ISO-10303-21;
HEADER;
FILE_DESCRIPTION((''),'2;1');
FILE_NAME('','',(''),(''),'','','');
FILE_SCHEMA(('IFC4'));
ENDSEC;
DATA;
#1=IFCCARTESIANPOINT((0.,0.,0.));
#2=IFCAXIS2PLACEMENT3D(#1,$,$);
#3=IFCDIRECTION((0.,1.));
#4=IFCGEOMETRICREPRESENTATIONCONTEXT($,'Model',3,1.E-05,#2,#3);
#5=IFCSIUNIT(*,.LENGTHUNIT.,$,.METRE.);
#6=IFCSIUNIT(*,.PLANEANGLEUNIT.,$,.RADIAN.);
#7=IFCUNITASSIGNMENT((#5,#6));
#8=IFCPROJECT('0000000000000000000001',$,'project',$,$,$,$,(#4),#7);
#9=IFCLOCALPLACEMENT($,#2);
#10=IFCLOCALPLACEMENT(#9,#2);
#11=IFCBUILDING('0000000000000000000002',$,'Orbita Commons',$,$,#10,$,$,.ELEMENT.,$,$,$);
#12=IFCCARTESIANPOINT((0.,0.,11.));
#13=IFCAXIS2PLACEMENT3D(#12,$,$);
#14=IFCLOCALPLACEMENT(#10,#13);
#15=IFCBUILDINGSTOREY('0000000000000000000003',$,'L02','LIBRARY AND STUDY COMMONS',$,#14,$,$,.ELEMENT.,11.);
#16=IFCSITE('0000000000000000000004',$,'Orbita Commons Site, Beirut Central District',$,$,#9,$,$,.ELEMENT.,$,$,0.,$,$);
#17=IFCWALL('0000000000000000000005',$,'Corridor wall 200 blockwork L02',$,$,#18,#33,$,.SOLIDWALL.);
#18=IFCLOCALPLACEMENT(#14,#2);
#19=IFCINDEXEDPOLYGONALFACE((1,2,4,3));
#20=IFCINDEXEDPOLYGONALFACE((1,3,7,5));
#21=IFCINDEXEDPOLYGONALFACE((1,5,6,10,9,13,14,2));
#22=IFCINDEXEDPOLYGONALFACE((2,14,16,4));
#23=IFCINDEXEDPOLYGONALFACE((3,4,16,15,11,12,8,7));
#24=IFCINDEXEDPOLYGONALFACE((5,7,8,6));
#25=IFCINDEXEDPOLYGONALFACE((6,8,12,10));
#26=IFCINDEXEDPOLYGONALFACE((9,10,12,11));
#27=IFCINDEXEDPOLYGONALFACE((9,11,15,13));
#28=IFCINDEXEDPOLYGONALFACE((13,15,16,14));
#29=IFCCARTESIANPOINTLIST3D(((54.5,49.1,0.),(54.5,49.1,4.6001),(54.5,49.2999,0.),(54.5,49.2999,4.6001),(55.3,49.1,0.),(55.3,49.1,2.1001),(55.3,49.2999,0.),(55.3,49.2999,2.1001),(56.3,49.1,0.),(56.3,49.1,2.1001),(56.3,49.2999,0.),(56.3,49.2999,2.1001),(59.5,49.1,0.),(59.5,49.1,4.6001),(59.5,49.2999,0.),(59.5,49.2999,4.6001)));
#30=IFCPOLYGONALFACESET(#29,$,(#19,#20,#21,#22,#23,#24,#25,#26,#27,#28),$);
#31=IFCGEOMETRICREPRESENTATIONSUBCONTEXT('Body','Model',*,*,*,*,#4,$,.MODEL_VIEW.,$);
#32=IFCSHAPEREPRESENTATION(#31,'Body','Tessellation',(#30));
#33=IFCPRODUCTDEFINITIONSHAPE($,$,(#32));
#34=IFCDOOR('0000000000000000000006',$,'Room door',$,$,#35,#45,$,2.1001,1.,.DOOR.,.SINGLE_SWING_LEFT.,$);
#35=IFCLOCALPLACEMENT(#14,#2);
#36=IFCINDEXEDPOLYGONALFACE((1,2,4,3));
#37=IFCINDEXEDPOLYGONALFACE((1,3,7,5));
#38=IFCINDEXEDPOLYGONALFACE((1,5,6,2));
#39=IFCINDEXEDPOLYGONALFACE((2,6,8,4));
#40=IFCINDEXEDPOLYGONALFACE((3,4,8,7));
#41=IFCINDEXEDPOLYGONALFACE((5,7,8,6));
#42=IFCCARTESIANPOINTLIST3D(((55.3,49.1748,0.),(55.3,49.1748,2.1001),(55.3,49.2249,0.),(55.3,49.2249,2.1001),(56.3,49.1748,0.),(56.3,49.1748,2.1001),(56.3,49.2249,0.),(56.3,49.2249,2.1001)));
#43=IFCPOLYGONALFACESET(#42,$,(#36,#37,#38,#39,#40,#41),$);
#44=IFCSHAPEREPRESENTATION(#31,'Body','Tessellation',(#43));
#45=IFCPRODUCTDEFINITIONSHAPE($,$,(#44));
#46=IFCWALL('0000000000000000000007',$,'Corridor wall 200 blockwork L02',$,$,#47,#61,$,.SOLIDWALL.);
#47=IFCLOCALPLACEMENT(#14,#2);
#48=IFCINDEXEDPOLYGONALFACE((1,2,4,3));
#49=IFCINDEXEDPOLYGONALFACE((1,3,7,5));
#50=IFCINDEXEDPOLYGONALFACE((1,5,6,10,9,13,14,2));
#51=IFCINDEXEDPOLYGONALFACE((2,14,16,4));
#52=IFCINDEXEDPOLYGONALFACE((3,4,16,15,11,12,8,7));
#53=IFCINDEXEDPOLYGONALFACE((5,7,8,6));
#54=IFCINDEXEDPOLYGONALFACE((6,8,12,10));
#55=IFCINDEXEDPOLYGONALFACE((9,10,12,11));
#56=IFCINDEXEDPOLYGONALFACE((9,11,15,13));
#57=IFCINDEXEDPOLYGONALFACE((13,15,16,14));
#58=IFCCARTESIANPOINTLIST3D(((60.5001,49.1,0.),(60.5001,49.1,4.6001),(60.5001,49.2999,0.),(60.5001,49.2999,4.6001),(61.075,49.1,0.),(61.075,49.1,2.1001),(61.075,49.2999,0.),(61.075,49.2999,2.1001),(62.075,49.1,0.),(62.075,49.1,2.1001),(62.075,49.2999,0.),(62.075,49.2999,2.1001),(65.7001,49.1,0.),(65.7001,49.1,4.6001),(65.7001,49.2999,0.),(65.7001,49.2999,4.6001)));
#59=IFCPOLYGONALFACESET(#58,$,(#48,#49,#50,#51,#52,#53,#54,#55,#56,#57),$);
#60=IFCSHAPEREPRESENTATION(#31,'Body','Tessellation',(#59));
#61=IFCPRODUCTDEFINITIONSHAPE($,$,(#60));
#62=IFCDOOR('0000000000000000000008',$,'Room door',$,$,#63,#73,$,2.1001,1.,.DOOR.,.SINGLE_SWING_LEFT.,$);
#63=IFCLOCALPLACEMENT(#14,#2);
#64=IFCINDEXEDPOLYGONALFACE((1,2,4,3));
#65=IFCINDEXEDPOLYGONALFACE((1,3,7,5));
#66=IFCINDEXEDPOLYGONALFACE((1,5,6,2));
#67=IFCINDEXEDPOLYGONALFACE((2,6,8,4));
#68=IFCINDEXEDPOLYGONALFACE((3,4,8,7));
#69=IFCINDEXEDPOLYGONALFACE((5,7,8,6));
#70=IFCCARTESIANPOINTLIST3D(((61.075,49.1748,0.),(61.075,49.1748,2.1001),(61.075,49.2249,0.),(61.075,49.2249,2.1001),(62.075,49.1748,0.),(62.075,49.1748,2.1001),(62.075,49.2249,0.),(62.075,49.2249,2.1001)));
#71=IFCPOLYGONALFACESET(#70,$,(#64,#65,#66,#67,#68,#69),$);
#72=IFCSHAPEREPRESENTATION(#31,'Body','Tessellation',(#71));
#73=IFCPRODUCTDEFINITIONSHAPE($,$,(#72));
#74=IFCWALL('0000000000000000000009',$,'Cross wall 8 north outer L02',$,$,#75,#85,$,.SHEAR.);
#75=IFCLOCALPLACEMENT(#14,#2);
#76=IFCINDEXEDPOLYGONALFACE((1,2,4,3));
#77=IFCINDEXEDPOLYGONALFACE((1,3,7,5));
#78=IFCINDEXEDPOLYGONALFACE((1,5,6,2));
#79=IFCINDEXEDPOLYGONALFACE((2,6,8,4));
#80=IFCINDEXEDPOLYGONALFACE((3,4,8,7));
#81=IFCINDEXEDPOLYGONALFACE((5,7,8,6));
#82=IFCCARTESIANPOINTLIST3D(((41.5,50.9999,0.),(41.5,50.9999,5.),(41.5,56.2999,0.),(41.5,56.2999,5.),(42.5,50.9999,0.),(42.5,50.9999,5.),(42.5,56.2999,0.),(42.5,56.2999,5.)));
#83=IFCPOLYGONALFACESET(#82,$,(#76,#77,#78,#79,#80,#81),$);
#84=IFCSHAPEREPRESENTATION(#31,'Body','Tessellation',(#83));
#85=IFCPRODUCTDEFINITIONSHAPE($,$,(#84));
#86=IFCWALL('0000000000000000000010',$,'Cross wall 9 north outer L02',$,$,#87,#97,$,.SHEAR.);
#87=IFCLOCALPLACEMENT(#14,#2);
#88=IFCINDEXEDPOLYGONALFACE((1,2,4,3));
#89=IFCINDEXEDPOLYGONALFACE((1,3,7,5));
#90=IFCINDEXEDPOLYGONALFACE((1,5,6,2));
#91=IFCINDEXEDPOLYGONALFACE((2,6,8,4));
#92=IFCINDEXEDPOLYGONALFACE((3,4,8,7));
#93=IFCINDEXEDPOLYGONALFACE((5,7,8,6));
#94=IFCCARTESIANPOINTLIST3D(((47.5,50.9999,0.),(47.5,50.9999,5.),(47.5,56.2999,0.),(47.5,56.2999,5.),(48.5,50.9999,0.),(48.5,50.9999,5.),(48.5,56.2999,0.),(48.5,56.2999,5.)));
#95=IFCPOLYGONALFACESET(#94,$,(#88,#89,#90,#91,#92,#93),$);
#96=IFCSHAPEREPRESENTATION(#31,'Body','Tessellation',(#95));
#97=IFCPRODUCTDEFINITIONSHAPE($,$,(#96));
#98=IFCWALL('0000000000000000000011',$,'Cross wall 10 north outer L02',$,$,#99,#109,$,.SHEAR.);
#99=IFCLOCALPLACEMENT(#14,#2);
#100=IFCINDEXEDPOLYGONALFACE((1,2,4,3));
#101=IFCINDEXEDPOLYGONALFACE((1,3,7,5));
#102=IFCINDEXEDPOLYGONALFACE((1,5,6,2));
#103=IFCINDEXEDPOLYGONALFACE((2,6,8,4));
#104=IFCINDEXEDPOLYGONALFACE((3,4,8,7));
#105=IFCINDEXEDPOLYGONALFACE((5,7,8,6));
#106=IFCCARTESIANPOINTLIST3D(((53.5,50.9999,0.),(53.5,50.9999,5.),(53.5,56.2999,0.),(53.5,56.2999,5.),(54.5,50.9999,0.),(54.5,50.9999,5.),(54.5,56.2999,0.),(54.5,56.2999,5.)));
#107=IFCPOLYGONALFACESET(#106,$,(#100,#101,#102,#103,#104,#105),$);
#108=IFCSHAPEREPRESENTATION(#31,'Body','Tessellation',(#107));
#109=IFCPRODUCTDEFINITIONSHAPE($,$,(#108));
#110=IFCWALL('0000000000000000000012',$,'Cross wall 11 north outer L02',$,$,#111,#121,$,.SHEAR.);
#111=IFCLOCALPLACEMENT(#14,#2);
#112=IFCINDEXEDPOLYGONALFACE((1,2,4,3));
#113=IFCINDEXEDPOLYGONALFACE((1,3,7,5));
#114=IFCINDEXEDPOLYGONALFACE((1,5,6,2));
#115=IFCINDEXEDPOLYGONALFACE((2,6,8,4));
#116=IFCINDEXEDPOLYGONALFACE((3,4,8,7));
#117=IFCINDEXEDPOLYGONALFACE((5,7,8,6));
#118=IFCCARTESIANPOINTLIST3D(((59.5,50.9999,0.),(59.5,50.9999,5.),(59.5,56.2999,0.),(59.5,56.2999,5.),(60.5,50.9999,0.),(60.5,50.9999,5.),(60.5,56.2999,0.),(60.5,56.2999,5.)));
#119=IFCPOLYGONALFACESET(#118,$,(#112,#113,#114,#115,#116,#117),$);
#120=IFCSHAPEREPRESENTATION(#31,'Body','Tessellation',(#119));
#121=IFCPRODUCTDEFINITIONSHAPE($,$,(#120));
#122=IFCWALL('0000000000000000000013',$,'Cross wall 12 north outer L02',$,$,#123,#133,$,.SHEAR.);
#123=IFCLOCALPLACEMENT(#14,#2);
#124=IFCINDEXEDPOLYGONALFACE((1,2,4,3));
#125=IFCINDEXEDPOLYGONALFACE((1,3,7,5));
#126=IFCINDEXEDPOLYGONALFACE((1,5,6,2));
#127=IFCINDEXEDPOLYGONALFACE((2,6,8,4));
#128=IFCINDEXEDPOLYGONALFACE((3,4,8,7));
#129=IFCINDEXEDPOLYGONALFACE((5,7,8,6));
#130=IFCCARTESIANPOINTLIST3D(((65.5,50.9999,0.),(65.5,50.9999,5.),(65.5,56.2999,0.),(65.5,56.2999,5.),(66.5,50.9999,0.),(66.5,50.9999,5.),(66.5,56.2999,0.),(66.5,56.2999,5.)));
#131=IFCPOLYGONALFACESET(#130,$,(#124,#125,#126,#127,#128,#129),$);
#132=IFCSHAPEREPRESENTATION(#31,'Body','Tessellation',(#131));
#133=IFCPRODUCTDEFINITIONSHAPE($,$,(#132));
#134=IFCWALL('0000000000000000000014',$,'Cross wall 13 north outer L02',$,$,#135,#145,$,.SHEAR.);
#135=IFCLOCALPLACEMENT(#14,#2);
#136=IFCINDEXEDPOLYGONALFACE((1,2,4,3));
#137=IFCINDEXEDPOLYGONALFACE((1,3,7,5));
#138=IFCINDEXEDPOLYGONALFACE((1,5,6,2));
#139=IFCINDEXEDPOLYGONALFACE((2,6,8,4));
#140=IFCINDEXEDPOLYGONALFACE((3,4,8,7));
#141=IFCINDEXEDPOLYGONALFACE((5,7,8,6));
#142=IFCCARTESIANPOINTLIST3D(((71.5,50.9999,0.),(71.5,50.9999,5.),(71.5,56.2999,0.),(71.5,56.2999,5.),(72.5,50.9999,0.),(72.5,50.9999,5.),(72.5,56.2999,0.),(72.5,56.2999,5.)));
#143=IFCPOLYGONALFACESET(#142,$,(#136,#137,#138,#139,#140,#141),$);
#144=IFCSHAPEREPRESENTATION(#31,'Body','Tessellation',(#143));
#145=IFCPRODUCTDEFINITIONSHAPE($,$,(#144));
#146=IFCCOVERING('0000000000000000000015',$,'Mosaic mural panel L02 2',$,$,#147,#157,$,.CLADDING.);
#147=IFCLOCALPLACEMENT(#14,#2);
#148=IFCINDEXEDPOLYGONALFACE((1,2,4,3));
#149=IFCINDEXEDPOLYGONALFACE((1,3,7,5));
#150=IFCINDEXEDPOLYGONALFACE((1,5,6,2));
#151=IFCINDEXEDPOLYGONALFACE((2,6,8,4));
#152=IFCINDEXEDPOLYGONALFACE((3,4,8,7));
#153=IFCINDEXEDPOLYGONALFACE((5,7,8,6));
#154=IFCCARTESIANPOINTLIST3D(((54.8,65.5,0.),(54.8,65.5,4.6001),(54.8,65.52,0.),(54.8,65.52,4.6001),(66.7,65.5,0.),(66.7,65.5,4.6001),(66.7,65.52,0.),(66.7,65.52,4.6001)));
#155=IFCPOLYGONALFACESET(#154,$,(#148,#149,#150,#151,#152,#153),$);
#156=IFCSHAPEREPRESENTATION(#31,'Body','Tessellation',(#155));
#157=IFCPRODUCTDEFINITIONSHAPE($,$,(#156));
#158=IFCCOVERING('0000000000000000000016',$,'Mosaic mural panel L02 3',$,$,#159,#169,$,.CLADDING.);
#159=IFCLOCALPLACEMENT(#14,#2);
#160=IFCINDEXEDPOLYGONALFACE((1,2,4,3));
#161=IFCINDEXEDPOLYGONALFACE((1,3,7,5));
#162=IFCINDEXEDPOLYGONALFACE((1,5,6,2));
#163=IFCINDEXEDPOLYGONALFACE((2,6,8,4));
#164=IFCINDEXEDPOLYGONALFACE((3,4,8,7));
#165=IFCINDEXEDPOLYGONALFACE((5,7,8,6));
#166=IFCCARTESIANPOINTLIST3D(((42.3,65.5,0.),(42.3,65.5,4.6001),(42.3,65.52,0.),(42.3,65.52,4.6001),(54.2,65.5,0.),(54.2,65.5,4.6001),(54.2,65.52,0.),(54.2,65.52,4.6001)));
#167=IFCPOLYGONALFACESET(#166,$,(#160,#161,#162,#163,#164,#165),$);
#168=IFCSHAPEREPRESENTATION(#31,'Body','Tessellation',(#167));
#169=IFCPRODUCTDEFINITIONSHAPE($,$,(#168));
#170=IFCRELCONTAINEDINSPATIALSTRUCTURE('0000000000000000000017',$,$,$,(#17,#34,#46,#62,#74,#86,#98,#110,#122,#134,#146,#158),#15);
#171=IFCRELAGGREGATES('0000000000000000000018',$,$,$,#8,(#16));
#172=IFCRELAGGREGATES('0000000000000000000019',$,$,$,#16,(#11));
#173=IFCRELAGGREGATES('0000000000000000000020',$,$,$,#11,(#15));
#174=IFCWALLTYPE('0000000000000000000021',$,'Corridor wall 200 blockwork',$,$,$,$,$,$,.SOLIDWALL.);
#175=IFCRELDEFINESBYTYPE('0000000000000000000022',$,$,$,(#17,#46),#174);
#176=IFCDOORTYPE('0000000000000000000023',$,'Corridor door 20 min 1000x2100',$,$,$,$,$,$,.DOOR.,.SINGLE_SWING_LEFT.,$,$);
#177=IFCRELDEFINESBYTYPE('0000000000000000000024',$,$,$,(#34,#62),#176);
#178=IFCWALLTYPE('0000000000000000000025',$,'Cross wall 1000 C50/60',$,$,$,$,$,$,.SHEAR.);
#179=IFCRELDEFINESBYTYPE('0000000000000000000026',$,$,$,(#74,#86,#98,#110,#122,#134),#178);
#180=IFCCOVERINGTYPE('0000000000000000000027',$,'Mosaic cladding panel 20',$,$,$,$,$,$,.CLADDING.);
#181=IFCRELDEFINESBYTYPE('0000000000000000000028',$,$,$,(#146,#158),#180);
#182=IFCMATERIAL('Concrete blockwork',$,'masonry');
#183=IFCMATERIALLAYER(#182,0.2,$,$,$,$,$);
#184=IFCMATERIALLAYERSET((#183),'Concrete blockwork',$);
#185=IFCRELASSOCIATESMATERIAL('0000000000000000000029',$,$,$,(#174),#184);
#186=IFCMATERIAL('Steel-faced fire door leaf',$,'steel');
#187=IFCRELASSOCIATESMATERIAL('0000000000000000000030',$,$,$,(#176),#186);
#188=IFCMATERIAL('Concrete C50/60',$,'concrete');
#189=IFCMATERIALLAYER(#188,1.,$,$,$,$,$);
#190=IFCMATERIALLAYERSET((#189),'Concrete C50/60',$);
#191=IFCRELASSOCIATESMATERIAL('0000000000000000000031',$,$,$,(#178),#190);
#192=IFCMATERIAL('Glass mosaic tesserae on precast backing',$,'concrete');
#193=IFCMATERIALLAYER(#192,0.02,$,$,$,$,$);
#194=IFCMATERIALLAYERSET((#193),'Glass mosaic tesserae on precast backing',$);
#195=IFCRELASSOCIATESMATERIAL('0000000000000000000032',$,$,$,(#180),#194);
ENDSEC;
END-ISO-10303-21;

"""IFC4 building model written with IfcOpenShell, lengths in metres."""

from ifc_helpers import new_model, si_unit, direction, frame, frame_2d, origin, origin_2d, place, context, subcontext, project, spatial, rectangle, extrude, material, layer, layer_set, type_object, element, fill, save


model = new_model("IFC4")

# Units and contexts
model_context = context("Model", 3, precision=1e-05, world=origin(), true_north=direction((0.0, 1.0)))
body_context = subcontext(model_context, "Body", "Model", "MODEL_VIEW")
ifc_project = project(units=[si_unit("LENGTHUNIT", "METRE"), si_unit("PLANEANGLEUNIT", "RADIAN")], contexts=[model_context])

# Site, building, storey
site_placement = place(None, origin())
site = spatial("IfcSite", under=ifc_project, at=site_placement, Name="Orbita Commons Site, Beirut Central District", CompositionType="ELEMENT", RefElevation=0.0)
building_placement = place(site_placement, origin())
building = spatial("IfcBuilding", under=site, at=building_placement, Name="Orbita Commons", CompositionType="ELEMENT")
storey_placement = place(building_placement, frame((0.0, 0.0, 11.0)))
storey = spatial("IfcBuildingStorey", under=building, at=storey_placement, Name="L02", Description="LIBRARY AND STUDY COMMONS", CompositionType="ELEMENT", Elevation=11.0)

# Shared definitions
ifc_material_1 = material(Name="Concrete blockwork", Category="masonry")
ifc_layer_1 = layer(ifc_material_1, 0.2)
ifc_layer_set_1 = layer_set([ifc_layer_1], Name="Concrete blockwork")
wall_type_1 = type_object("IfcWallType", Name="Corridor wall 200 blockwork", PredefinedType="SOLIDWALL", material=ifc_layer_set_1)

# Walls, openings, doors
ifc_material_2 = material(Name="Steel-faced fire door leaf", Category="steel")
door_type_1 = type_object("IfcDoorType", Name="Corridor door 20 min 1000x2100", OperationType="SINGLE_SWING_LEFT", PredefinedType="DOOR", material=ifc_material_2)
wall_1_placement = place(storey_placement, frame((54.5, 49.2, 0.0), z_axis=(0.0, 0.0, 1.0), x_axis=(1.0, 0.0, 0.0)))
wall_1 = element("IfcWall", 1, at=wall_1_placement, inside=storey, type_object=wall_type_1, Name="Corridor wall 200 blockwork L02", PredefinedType="SOLIDWALL", context=body_context, shape_type="SweptSolid", body=[
    extrude(rectangle(XDim=5.0, YDim=0.2, at=frame_2d((2.5, 0.0))), origin(), (0.0, 0.0, 1.0), 4.6001),
])
opening_1_placement = place(wall_1_placement, frame((0.8, 0.0, 0.0)))
opening_1 = element("IfcOpeningElement", 2, at=opening_1_placement, cuts=wall_1, PredefinedType="OPENING", context=body_context, shape_type="SweptSolid", body=[
    extrude(rectangle(XDim=1.0, YDim=2.1001, at=frame_2d((0.5, 1.05))), frame((0.0, 0.1099, 0.0), z_axis=(0.0, -1.0, 0.0), x_axis=(1.0, 0.0, 0.0)), (0.0, 0.0, 1.0), 0.22),
])
door_1_placement = place(opening_1_placement, origin())
door_1 = element("IfcDoor", 3, at=door_1_placement, inside=storey, type_object=door_type_1, Name="Room door", OperationType="SINGLE_SWING_LEFT", OverallHeight=2.1001, OverallWidth=1.0, PredefinedType="DOOR", context=body_context, shape_type="SweptSolid", body=[
    extrude(rectangle(XDim=1.0, YDim=2.1001, at=frame_2d((0.5, 1.05))), frame((0.0, 0.0249, 0.0), z_axis=(0.0, -1.0, 0.0), x_axis=(1.0, 0.0, 0.0)), (0.0, 0.0, 1.0), 0.05),
])
fill(opening_1, door_1)
wall_2_placement = place(storey_placement, frame((60.5, 49.2, 0.0), z_axis=(0.0, 0.0, 1.0), x_axis=(1.0, 0.0, 0.0)))
wall_2 = element("IfcWall", 4, at=wall_2_placement, inside=storey, type_object=wall_type_1, Name="Corridor wall 200 blockwork L02", PredefinedType="SOLIDWALL", context=body_context, shape_type="SweptSolid", body=[
    extrude(rectangle(XDim=5.2, YDim=0.2, at=frame_2d((2.6001, 0.0))), origin(), (0.0, 0.0, 1.0), 4.6001),
])
opening_2_placement = place(wall_2_placement, frame((0.575, 0.0, 0.0)))
opening_2 = element("IfcOpeningElement", 5, at=opening_2_placement, cuts=wall_2, PredefinedType="OPENING", context=body_context, shape_type="SweptSolid", body=[
    extrude(rectangle(XDim=1.0, YDim=2.1001, at=frame_2d((0.5, 1.05))), frame((0.0, 0.1099, 0.0), z_axis=(0.0, -1.0, 0.0), x_axis=(1.0, 0.0, 0.0)), (0.0, 0.0, 1.0), 0.22),
])
door_2_placement = place(opening_2_placement, origin())
door_2 = element("IfcDoor", 6, at=door_2_placement, inside=storey, type_object=door_type_1, Name="Room door", OperationType="SINGLE_SWING_LEFT", OverallHeight=2.1001, OverallWidth=1.0, PredefinedType="DOOR", context=body_context, shape_type="SweptSolid", body=[
    extrude(rectangle(XDim=1.0, YDim=2.1001, at=frame_2d((0.5, 1.05))), frame((0.0, 0.0249, 0.0), z_axis=(0.0, -1.0, 0.0), x_axis=(1.0, 0.0, 0.0)), (0.0, 0.0, 1.0), 0.05),
])
fill(opening_2, door_2)

# Walls
ifc_material_3 = material(Name="Concrete C50/60", Category="concrete")
ifc_layer_2 = layer(ifc_material_3, 1.0)
ifc_layer_set_2 = layer_set([ifc_layer_2], Name="Concrete C50/60")
wall_type_2 = type_object("IfcWallType", Name="Cross wall 1000 C50/60", PredefinedType="SHEAR", material=ifc_layer_set_2)
for number, where, z_axis, x_axis, name in (
    (7, (42.0, 51.0, 0.0), (0.0, 0.0, 1.0), (0.0, 1.0, 0.0), "Cross wall 8 north outer L02"),
    (8, (48.0, 51.0, 0.0), (0.0, 0.0, 1.0), (0.0, 1.0, 0.0), "Cross wall 9 north outer L02"),
    (9, (54.0, 51.0, 0.0), (0.0, 0.0, 1.0), (0.0, 1.0, 0.0), "Cross wall 10 north outer L02"),
    (10, (60.0, 51.0, 0.0), (0.0, 0.0, 1.0), (0.0, 1.0, 0.0), "Cross wall 11 north outer L02"),
    (11, (66.0, 51.0, 0.0), (0.0, 0.0, 1.0), (0.0, 1.0, 0.0), "Cross wall 12 north outer L02"),
    (12, (72.0, 51.0, 0.0), (0.0, 0.0, 1.0), (0.0, 1.0, 0.0), "Cross wall 13 north outer L02"),
):
    element("IfcWall", number, at=place(storey_placement, frame(where, z_axis=z_axis, x_axis=x_axis)), inside=storey, type_object=wall_type_2, Name=name, PredefinedType="SHEAR", context=body_context, shape_type="SweptSolid", body=[
        extrude(rectangle(XDim=5.3, YDim=1.0, at=frame_2d((2.6499, 0.0))), origin(), (0.0, 0.0, 1.0), 5.0),
    ])

# Coverings
ifc_material_4 = material(Name="Glass mosaic tesserae on precast backing", Category="concrete")
ifc_layer_3 = layer(ifc_material_4, 0.02)
ifc_layer_set_3 = layer_set([ifc_layer_3], Name="Glass mosaic tesserae on precast backing")
covering_type = type_object("IfcCoveringType", Name="Mosaic cladding panel 20", PredefinedType="CLADDING", material=ifc_layer_set_3)
for number, where, z_axis, x_axis, name in (
    (13, (60.75, 65.51, 0.0), (0.0, 0.0, 1.0), (1.0, 0.0, 0.0), "Mosaic mural panel L02 2"),
    (14, (48.25, 65.51, 0.0), (0.0, 0.0, 1.0), (1.0, 0.0, 0.0), "Mosaic mural panel L02 3"),
):
    element("IfcCovering", number, at=place(storey_placement, frame(where, z_axis=z_axis, x_axis=x_axis)), inside=storey, type_object=covering_type, Name=name, PredefinedType="CLADDING", context=body_context, shape_type="SweptSolid", body=[
        extrude(rectangle(XDim=11.8999, YDim=0.02, at=origin_2d()), origin(), (0.0, 0.0, 1.0), 4.6001),
    ])

save(model, "model.ifc")
